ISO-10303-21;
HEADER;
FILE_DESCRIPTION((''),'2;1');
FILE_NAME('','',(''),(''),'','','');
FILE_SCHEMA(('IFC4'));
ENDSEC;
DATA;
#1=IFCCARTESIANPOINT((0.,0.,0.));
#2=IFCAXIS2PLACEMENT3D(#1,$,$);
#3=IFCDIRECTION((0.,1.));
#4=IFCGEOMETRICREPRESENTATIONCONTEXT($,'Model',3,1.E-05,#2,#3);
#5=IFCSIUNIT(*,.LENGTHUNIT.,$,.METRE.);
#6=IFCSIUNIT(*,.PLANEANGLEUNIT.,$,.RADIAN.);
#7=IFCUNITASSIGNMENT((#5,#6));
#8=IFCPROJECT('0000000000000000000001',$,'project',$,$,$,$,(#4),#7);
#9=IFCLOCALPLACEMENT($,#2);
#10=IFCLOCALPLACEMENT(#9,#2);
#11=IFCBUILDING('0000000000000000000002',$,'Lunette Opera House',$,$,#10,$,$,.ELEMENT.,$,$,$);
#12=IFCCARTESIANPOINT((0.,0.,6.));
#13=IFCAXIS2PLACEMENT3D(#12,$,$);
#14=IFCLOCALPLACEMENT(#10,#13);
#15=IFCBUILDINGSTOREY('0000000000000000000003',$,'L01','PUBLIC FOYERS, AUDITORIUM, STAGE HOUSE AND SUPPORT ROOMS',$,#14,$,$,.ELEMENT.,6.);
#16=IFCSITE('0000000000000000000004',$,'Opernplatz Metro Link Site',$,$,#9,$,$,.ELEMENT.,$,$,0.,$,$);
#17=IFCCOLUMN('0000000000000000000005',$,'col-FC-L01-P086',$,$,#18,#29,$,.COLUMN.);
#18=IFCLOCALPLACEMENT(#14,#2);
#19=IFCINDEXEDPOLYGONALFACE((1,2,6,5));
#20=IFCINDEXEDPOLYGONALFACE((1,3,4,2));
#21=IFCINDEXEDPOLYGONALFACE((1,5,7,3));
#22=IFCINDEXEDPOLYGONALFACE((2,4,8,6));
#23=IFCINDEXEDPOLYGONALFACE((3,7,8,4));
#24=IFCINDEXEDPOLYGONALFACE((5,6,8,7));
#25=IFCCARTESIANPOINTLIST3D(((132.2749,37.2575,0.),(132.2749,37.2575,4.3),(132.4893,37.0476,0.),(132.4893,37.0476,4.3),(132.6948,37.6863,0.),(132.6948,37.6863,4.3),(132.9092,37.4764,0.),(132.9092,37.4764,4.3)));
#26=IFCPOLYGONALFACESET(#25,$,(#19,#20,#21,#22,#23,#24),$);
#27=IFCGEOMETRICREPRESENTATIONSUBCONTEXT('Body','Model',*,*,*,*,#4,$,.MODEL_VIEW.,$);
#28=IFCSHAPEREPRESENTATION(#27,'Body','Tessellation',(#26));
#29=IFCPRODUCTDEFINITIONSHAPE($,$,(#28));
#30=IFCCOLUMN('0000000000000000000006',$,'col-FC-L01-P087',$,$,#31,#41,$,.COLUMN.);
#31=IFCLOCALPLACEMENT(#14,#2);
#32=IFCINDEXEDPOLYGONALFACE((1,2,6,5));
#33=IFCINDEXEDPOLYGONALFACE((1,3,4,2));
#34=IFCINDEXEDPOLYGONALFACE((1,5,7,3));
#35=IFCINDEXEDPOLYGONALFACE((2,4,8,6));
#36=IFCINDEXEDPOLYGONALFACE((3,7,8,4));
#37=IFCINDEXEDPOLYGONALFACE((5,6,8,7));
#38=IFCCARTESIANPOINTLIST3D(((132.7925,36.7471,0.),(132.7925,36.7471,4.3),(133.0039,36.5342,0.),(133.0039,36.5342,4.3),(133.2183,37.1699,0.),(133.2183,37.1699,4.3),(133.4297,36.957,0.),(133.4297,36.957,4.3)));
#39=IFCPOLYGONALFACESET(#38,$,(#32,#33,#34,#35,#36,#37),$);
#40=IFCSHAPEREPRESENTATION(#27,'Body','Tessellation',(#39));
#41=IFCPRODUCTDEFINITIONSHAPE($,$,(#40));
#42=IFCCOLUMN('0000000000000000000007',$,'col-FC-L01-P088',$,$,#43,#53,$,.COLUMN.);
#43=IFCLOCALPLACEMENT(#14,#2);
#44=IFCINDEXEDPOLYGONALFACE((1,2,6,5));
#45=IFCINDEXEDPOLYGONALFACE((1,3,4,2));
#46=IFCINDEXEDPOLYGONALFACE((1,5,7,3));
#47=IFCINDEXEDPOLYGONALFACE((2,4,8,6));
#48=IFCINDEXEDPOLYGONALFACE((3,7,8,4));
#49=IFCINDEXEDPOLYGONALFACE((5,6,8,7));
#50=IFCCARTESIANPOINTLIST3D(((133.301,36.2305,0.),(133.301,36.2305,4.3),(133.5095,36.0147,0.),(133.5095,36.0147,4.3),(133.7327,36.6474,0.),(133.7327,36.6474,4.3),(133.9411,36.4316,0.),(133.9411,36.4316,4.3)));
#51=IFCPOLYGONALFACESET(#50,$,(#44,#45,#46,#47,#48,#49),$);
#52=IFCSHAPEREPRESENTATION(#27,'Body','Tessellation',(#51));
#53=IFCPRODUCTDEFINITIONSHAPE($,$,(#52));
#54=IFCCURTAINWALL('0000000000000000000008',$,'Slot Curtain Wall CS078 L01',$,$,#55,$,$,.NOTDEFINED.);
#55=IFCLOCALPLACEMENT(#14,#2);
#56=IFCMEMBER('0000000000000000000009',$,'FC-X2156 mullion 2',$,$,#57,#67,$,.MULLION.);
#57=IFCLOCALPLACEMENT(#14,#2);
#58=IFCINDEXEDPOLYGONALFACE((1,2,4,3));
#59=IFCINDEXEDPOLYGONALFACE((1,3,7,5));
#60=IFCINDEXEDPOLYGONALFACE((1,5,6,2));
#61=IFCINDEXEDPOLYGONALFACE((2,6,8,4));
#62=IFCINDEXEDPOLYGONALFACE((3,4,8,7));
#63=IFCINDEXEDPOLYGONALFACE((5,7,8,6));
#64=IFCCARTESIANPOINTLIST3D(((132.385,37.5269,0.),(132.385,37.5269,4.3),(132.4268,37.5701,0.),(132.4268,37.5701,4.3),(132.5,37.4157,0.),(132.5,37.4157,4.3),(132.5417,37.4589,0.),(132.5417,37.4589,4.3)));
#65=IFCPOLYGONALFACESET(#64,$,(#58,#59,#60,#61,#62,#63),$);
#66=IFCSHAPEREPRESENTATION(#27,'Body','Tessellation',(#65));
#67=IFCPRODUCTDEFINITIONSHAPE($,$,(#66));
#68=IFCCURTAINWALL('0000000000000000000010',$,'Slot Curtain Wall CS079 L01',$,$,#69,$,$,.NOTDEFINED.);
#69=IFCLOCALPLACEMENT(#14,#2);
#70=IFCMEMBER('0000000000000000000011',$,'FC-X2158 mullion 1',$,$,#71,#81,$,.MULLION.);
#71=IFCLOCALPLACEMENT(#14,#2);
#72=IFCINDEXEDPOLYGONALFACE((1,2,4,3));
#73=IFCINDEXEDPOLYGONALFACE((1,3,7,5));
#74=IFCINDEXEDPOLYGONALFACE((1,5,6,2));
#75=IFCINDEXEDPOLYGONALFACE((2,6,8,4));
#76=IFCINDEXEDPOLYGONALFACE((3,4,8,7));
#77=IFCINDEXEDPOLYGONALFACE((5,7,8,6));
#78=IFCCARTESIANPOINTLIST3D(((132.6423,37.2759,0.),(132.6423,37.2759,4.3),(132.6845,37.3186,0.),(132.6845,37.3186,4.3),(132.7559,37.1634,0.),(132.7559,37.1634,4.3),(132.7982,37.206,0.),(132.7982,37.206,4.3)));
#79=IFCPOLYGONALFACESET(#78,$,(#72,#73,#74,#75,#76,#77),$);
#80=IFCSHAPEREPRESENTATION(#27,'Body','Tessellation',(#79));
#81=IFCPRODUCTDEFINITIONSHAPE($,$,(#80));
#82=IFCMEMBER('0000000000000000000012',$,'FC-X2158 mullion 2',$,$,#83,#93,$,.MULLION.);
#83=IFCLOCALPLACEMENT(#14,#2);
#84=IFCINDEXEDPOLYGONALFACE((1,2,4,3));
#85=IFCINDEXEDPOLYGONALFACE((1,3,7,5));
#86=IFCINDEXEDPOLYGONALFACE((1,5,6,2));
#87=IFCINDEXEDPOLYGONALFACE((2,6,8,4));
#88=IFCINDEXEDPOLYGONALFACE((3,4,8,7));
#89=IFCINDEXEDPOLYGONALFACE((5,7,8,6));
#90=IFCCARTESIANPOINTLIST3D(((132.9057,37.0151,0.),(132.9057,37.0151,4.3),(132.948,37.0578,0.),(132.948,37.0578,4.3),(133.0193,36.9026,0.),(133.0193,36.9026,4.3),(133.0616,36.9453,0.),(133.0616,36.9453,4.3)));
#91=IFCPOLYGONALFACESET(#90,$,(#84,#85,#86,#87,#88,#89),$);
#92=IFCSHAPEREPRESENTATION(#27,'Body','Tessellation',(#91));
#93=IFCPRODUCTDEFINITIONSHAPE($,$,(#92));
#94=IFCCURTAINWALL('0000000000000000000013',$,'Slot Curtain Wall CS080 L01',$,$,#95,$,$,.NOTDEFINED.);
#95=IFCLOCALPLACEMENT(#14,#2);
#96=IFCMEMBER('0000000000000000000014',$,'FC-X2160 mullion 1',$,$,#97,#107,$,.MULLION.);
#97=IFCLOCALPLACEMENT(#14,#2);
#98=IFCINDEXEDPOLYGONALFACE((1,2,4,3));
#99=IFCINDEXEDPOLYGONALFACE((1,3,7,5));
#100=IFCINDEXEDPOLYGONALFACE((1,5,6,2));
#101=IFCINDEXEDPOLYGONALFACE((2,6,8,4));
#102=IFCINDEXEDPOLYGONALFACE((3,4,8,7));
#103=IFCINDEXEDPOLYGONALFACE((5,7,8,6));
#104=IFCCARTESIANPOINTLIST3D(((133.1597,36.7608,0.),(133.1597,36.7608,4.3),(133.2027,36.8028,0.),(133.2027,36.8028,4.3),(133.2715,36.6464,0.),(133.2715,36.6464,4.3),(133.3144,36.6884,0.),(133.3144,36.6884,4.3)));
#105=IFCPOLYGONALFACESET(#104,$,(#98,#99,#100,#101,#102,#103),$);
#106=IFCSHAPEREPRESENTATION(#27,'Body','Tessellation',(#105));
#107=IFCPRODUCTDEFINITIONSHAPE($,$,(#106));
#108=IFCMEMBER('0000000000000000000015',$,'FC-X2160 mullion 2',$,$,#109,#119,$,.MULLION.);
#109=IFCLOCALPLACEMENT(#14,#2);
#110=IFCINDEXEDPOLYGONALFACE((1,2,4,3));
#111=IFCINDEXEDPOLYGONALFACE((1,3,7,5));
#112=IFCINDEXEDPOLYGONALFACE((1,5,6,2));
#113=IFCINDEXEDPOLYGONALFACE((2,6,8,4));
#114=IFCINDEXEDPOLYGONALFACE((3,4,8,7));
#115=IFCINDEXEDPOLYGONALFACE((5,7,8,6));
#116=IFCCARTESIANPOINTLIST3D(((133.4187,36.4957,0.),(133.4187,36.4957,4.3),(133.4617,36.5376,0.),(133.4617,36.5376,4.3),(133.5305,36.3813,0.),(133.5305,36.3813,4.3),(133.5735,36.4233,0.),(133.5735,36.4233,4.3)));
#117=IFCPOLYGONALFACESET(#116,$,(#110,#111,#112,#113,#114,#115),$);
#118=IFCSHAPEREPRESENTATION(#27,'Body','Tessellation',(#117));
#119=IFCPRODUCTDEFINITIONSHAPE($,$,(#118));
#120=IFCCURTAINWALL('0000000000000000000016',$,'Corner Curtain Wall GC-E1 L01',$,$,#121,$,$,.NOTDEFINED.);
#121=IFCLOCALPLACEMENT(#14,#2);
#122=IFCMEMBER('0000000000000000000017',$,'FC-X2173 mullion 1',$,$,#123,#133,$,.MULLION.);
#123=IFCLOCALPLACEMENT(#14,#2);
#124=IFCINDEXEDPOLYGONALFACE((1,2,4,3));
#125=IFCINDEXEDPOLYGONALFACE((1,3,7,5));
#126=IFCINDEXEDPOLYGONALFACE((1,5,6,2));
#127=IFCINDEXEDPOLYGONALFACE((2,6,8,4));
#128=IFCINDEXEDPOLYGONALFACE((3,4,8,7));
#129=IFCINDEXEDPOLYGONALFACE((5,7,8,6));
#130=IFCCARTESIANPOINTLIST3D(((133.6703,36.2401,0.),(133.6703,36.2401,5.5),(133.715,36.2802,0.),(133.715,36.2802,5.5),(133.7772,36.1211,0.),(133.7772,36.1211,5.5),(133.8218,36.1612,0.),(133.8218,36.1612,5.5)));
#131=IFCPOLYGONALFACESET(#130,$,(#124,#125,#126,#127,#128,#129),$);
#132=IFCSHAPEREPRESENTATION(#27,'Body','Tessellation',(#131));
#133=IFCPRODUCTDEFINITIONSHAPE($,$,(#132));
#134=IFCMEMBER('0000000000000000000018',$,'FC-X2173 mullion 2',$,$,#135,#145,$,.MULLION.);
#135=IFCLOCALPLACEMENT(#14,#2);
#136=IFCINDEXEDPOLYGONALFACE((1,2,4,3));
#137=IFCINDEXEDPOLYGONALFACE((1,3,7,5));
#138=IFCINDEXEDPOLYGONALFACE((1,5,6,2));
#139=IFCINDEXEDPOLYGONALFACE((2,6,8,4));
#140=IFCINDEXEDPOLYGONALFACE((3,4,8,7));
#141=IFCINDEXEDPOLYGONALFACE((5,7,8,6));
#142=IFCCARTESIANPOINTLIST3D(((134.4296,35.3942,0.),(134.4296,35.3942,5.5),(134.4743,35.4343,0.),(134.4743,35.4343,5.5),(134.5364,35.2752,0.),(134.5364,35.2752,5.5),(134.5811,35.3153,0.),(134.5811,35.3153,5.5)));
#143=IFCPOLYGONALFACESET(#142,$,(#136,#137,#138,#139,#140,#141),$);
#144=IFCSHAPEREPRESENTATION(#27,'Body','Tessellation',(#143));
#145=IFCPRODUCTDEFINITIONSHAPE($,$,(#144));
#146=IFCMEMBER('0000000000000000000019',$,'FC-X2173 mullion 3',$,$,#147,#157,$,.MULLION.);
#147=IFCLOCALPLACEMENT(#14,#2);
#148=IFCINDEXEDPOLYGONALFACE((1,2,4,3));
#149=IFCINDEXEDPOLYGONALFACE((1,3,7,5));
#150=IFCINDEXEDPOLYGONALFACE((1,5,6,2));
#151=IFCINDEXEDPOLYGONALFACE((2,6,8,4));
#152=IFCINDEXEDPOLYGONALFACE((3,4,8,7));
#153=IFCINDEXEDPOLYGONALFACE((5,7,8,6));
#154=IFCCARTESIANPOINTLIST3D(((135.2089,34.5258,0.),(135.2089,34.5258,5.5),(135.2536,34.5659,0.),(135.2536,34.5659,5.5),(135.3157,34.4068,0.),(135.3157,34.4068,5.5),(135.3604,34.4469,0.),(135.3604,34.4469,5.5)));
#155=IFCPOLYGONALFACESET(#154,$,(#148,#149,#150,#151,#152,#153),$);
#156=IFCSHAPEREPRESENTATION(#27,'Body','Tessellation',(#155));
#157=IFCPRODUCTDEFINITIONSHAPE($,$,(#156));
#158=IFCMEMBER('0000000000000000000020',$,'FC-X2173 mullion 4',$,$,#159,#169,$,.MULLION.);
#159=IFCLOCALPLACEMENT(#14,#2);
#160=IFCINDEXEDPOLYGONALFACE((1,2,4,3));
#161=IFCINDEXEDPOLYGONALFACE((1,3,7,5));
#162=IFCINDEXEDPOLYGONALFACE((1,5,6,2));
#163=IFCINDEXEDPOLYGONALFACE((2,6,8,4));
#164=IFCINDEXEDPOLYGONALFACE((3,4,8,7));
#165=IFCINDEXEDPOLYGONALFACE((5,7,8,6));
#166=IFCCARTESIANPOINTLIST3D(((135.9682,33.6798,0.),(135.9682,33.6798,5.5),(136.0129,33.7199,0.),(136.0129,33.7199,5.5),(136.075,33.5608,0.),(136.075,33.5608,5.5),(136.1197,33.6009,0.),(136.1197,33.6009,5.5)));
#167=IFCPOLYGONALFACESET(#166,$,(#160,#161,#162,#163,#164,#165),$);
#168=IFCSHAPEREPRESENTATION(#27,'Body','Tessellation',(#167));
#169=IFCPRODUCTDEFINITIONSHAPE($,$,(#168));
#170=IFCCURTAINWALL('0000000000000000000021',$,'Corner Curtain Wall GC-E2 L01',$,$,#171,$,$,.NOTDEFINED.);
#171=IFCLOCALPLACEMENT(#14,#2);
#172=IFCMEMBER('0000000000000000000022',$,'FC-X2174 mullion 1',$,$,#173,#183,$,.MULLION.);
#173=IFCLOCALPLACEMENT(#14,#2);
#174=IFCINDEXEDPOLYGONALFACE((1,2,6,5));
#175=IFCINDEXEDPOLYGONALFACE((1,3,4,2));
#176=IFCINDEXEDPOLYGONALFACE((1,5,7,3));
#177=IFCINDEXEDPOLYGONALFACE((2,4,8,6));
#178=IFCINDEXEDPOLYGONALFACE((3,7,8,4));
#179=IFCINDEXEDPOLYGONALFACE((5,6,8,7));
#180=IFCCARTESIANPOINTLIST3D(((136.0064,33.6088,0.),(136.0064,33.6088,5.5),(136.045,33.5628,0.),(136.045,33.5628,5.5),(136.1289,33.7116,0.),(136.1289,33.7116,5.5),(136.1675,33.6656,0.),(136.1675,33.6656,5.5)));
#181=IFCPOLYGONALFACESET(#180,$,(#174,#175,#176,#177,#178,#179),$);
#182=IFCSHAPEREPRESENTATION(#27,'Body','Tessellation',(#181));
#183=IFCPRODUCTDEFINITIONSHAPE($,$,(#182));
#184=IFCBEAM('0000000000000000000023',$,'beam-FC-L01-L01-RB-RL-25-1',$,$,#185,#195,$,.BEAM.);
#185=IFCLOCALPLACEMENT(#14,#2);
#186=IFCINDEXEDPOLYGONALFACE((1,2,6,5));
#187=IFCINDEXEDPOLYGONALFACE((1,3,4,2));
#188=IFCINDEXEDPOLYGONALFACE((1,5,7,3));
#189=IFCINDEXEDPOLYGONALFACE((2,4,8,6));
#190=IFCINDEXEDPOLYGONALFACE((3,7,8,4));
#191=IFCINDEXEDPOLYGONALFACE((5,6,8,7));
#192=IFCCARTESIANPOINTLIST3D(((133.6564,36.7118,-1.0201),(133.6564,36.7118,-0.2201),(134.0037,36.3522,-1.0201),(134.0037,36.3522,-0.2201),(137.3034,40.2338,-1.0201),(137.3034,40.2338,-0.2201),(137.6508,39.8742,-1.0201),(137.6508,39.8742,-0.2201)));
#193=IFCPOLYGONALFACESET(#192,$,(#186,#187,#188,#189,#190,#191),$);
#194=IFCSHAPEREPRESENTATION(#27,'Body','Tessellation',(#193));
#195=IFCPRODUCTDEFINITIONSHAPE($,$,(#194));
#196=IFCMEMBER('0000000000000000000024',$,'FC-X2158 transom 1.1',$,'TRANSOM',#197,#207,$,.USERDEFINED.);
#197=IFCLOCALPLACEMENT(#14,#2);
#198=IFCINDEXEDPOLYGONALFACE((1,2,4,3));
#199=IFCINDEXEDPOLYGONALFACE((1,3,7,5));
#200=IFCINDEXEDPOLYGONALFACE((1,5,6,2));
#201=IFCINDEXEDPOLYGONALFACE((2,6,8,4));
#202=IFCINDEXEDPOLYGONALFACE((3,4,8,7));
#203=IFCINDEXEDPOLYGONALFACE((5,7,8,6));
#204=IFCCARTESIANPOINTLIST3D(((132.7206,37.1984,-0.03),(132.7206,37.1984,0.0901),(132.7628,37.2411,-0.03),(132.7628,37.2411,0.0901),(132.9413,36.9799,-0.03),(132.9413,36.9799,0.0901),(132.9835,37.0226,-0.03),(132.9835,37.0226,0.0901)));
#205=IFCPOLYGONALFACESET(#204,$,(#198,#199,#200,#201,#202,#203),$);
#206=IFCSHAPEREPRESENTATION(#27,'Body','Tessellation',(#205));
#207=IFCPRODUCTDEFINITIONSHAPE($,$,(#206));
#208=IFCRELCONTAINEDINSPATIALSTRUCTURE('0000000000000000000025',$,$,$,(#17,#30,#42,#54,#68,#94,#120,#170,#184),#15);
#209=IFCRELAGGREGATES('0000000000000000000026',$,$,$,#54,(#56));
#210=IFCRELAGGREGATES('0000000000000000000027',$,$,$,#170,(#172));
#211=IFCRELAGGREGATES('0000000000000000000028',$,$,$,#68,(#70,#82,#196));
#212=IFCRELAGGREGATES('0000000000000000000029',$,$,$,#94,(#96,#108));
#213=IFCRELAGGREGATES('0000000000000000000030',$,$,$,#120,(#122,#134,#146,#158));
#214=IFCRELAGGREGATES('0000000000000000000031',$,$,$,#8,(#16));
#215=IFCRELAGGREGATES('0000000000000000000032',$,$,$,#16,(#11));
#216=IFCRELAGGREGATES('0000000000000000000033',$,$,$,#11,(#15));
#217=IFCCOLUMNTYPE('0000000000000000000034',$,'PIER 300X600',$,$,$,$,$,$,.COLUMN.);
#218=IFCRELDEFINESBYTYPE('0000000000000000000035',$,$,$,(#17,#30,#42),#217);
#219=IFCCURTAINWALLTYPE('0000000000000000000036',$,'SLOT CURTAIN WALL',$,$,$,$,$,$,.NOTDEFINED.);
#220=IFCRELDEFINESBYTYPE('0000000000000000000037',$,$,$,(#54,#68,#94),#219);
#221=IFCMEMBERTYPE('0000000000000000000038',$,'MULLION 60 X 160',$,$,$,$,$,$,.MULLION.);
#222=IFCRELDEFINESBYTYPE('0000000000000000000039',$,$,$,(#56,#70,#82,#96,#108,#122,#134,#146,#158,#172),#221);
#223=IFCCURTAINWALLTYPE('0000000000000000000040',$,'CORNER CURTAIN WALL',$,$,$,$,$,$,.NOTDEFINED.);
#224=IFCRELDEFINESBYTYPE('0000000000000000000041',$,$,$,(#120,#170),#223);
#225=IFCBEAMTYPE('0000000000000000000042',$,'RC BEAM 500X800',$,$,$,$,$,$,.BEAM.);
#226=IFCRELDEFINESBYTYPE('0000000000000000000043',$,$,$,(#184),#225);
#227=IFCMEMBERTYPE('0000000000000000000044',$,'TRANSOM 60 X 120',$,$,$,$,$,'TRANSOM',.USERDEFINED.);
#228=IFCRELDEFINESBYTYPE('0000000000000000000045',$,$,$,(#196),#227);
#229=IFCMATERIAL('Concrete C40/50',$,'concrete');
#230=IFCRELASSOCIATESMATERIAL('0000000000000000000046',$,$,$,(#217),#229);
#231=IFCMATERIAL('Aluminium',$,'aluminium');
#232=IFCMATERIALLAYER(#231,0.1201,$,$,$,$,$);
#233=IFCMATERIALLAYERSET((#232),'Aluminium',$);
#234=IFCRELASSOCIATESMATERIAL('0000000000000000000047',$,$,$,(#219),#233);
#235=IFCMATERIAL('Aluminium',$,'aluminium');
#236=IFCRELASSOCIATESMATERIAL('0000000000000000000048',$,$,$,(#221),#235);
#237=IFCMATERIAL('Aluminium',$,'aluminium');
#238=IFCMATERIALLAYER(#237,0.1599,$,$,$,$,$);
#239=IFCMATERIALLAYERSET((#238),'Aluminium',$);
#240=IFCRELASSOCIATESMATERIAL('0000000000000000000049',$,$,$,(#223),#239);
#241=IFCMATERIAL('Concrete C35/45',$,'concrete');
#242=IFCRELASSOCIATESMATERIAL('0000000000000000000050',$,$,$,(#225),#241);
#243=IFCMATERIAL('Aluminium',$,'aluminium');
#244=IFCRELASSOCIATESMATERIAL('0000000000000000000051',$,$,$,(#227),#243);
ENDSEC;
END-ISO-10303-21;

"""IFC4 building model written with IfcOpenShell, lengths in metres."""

from ifc_helpers import new_model, si_unit, direction, frame, origin, origin_2d, place, context, subcontext, project, spatial, rectangle, extrude, material, layer, layer_set, material_profile, profile_set, type_object, element, aggregate, save


model = new_model("IFC4")

# Units and contexts
model_context = context("Model", 3, precision=1e-05, world=origin(), true_north=direction((0.0, 1.0)))
body_context = subcontext(model_context, "Body", "Model", "MODEL_VIEW")
ifc_project = project(units=[si_unit("LENGTHUNIT", "METRE"), si_unit("PLANEANGLEUNIT", "RADIAN")], contexts=[model_context])

# Site, building, storey
site_placement = place(None, origin())
site = spatial("IfcSite", under=ifc_project, at=site_placement, Name="Opernplatz Metro Link Site", CompositionType="ELEMENT", RefElevation=0.0)
building_placement = place(site_placement, origin())
building = spatial("IfcBuilding", under=site, at=building_placement, Name="Lunette Opera House", CompositionType="ELEMENT")
storey_placement = place(building_placement, frame((0.0, 0.0, 6.0)))
storey = spatial("IfcBuildingStorey", under=building, at=storey_placement, Name="L01", Description="PUBLIC FOYERS, AUDITORIUM, STAGE HOUSE AND SUPPORT ROOMS", CompositionType="ELEMENT", Elevation=6.0)

# Columns
ifc_material_1 = material(Name="Concrete C40/50", Category="concrete")
ifc_material_profile_1 = material_profile(ifc_material_1, rectangle(XDim=0.3, YDim=0.6001, at=origin_2d()), Name="PIER 300X600")
ifc_profile_set_1 = profile_set([ifc_material_profile_1], Name="Concrete C40/50")
column_type = type_object("IfcColumnType", Name="PIER 300X600", PredefinedType="COLUMN", material=ifc_profile_set_1)
for number, where, z_axis, x_axis, name in (
    (1, (132.592, 37.3669, 0.0), (0.0, 0.0, 1.0), (0.714473, -0.699663, 0.0), "col-FC-L01-P086"),
    (2, (133.1111, 36.8521, 0.0), (0.0, 0.0, 1.0), (0.704634, -0.709571, 0.0), "col-FC-L01-P087"),
    (3, (133.6211, 36.3311, 0.0), (0.0, 0.0, 1.0), (0.694658, -0.71934, 0.0), "col-FC-L01-P088"),
):
    element("IfcColumn", number, at=place(storey_placement, frame(where, z_axis=z_axis, x_axis=x_axis)), inside=storey, type_object=column_type, Name=name, PredefinedType="COLUMN", context=body_context, shape_type="SweptSolid", body=[
        extrude(rectangle(XDim=0.3, YDim=0.6001, at=origin_2d()), origin(), (0.0, 0.0, 1.0), 4.3),
    ])

# Curtain wall, member
ifc_material_2 = material(Name="Aluminium", Category="aluminium")
ifc_layer_1 = layer(ifc_material_2, 0.1201)
ifc_layer_set_1 = layer_set([ifc_layer_1], Name="Aluminium")
curtain_wall_type_1 = type_object("IfcCurtainWallType", Name="SLOT CURTAIN WALL", PredefinedType="NOTDEFINED", material=ifc_layer_set_1)
curtain_wall_1_placement = place(storey_placement, origin())
curtain_wall_1 = element("IfcCurtainWall", 4, at=curtain_wall_1_placement, inside=storey, type_object=curtain_wall_type_1, Name="Slot Curtain Wall CS078 L01", PredefinedType="NOTDEFINED")
ifc_material_3 = material(Name="Aluminium", Category="aluminium")
ifc_material_profile_2 = material_profile(ifc_material_3, rectangle(XDim=0.0601, YDim=0.1599, at=origin_2d()), Name="MULLION 60 X 160")
ifc_profile_set_2 = profile_set([ifc_material_profile_2], Name="Aluminium")
member_type_1 = type_object("IfcMemberType", Name="MULLION 60 X 160", PredefinedType="MULLION", material=ifc_profile_set_2)
member_1_placement = place(storey_placement, frame((132.4634, 37.4929, 0.0), z_axis=(0.0, 0.0, 1.0), x_axis=(0.695383, 0.71864, 0.0)))
member_1 = element("IfcMember", 5, at=member_1_placement, type_object=member_type_1, Name="FC-X2156 mullion 2", PredefinedType="MULLION", context=body_context, shape_type="SweptSolid", body=[
    extrude(rectangle(XDim=0.0601, YDim=0.1599, at=origin_2d()), origin(), (0.0, 0.0, 1.0), 4.3),
])
aggregate(curtain_wall_1, [member_1])

# Curtain walls, members
curtain_wall_2_placement = place(storey_placement, origin())
curtain_wall_2 = element("IfcCurtainWall", 6, at=curtain_wall_2_placement, inside=storey, type_object=curtain_wall_type_1, Name="Slot Curtain Wall CS079 L01", PredefinedType="NOTDEFINED")
member_2_placement = place(storey_placement, frame((132.7202, 37.241, 0.0), z_axis=(0.0, 0.0, 1.0), x_axis=(0.703615, 0.710581, 0.0)))
member_2 = element("IfcMember", 7, at=member_2_placement, type_object=member_type_1, Name="FC-X2158 mullion 1", PredefinedType="MULLION", context=body_context, shape_type="SweptSolid", body=[
    extrude(rectangle(XDim=0.0601, YDim=0.1599, at=origin_2d()), origin(), (0.0, 0.0, 1.0), 4.3),
])
member_3_placement = place(storey_placement, frame((132.9836, 36.9802, 0.0), z_axis=(0.0, 0.0, 1.0), x_axis=(0.703615, 0.710581, 0.0)))
member_3 = element("IfcMember", 8, at=member_3_placement, type_object=member_type_1, Name="FC-X2158 mullion 2", PredefinedType="MULLION", context=body_context, shape_type="SweptSolid", body=[
    extrude(rectangle(XDim=0.0601, YDim=0.1599, at=origin_2d()), origin(), (0.0, 0.0, 1.0), 4.3),
])
curtain_wall_3_placement = place(storey_placement, origin())
curtain_wall_3 = element("IfcCurtainWall", 9, at=curtain_wall_3_placement, inside=storey, type_object=curtain_wall_type_1, Name="Slot Curtain Wall CS080 L01", PredefinedType="NOTDEFINED")
member_4_placement = place(storey_placement, frame((133.2371, 36.7246, 0.0), z_axis=(0.0, 0.0, 1.0), x_axis=(0.715187, 0.698933, 0.0)))
member_4 = element("IfcMember", 10, at=member_4_placement, type_object=member_type_1, Name="FC-X2160 mullion 1", PredefinedType="MULLION", context=body_context, shape_type="SweptSolid", body=[
    extrude(rectangle(XDim=0.0601, YDim=0.1599, at=origin_2d()), origin(), (0.0, 0.0, 1.0), 4.3),
])
member_5_placement = place(storey_placement, frame((133.4961, 36.4595, 0.0), z_axis=(0.0, 0.0, 1.0), x_axis=(0.715187, 0.698933, 0.0)))
member_5 = element("IfcMember", 11, at=member_5_placement, type_object=member_type_1, Name="FC-X2160 mullion 2", PredefinedType="MULLION", context=body_context, shape_type="SweptSolid", body=[
    extrude(rectangle(XDim=0.0601, YDim=0.1599, at=origin_2d()), origin(), (0.0, 0.0, 1.0), 4.3),
])
ifc_material_4 = material(Name="Aluminium", Category="aluminium")
ifc_layer_2 = layer(ifc_material_4, 0.1599)
ifc_layer_set_2 = layer_set([ifc_layer_2], Name="Aluminium")
curtain_wall_type_2 = type_object("IfcCurtainWallType", Name="CORNER CURTAIN WALL", PredefinedType="NOTDEFINED", material=ifc_layer_set_2)
curtain_wall_4_placement = place(storey_placement, origin())
curtain_wall_4 = element("IfcCurtainWall", 12, at=curtain_wall_4_placement, inside=storey, type_object=curtain_wall_type_2, Name="Corner Curtain Wall GC-E1 L01", PredefinedType="NOTDEFINED")
member_6_placement = place(storey_placement, frame((133.7461, 36.2007, 0.0), z_axis=(0.0, 0.0, 1.0), x_axis=(0.744217, 0.667938, 0.0)))
member_6 = element("IfcMember", 13, at=member_6_placement, type_object=member_type_1, Name="FC-X2173 mullion 1", PredefinedType="MULLION", context=body_context, shape_type="SweptSolid", body=[
    extrude(rectangle(XDim=0.0601, YDim=0.1599, at=origin_2d()), origin(), (0.0, 0.0, 1.0), 5.5),
])
member_7_placement = place(storey_placement, frame((134.5054, 35.3547, 0.0), z_axis=(0.0, 0.0, 1.0), x_axis=(0.744217, 0.667938, 0.0)))
member_7 = element("IfcMember", 14, at=member_7_placement, type_object=member_type_1, Name="FC-X2173 mullion 2", PredefinedType="MULLION", context=body_context, shape_type="SweptSolid", body=[
    extrude(rectangle(XDim=0.0601, YDim=0.1599, at=origin_2d()), origin(), (0.0, 0.0, 1.0), 5.5),
])
member_8_placement = place(storey_placement, frame((135.2847, 34.4863, 0.0), z_axis=(0.0, 0.0, 1.0), x_axis=(0.744217, 0.667938, 0.0)))
member_8 = element("IfcMember", 15, at=member_8_placement, type_object=member_type_1, Name="FC-X2173 mullion 3", PredefinedType="MULLION", context=body_context, shape_type="SweptSolid", body=[
    extrude(rectangle(XDim=0.0601, YDim=0.1599, at=origin_2d()), origin(), (0.0, 0.0, 1.0), 5.5),
])
member_9_placement = place(storey_placement, frame((136.0439, 33.6404, 0.0), z_axis=(0.0, 0.0, 1.0), x_axis=(0.744217, 0.667938, 0.0)))
member_9 = element("IfcMember", 16, at=member_9_placement, type_object=member_type_1, Name="FC-X2173 mullion 4", PredefinedType="MULLION", context=body_context, shape_type="SweptSolid", body=[
    extrude(rectangle(XDim=0.0601, YDim=0.1599, at=origin_2d()), origin(), (0.0, 0.0, 1.0), 5.5),
])

# Curtain wall, member
curtain_wall_5_placement = place(storey_placement, origin())
curtain_wall_5 = element("IfcCurtainWall", 17, at=curtain_wall_5_placement, inside=storey, type_object=curtain_wall_type_2, Name="Corner Curtain Wall GC-E2 L01", PredefinedType="NOTDEFINED")
member_10_placement = place(storey_placement, frame((136.0869, 33.6372, 0.0), z_axis=(0.0, 0.0, 1.0), x_axis=(-0.642828, 0.76601, 0.0)))
member_10 = element("IfcMember", 18, at=member_10_placement, type_object=member_type_1, Name="FC-X2174 mullion 1", PredefinedType="MULLION", context=body_context, shape_type="SweptSolid", body=[
    extrude(rectangle(XDim=0.0601, YDim=0.1599, at=origin_2d()), origin(), (0.0, 0.0, 1.0), 5.5),
])
aggregate(curtain_wall_5, [member_10])

# Beam
ifc_material_5 = material(Name="Concrete C35/45", Category="concrete")
ifc_material_profile_3 = material_profile(ifc_material_5, rectangle(XDim=0.5, YDim=0.8, at=origin_2d()), Name="RC BEAM 500X800")
ifc_profile_set_3 = profile_set([ifc_material_profile_3], Name="Concrete C35/45")
beam_type = type_object("IfcBeamType", Name="RC BEAM 500X800", PredefinedType="BEAM", material=ifc_profile_set_3)
beam_placement = place(storey_placement, frame((133.8301, 36.532, -0.6201), z_axis=(0.719327, 0.694672, 0.0), x_axis=(-0.694672, 0.719327, 0.0)))
element("IfcBeam", 19, at=beam_placement, inside=storey, type_object=beam_type, Name="beam-FC-L01-L01-RB-RL-25-1", PredefinedType="BEAM", context=body_context, shape_type="SweptSolid", body=[
    extrude(rectangle(XDim=0.5, YDim=0.8, at=origin_2d()), origin(), (0.0, 0.0, 1.0), 5.0701),
])

# Member
ifc_material_6 = material(Name="Aluminium", Category="aluminium")
ifc_material_profile_4 = material_profile(ifc_material_6, rectangle(XDim=0.0601, YDim=0.1201, at=origin_2d()), Name="TRANSOM 60 X 120")
ifc_profile_set_4 = profile_set([ifc_material_profile_4], Name="Aluminium")
member_type_2 = type_object("IfcMemberType", Name="TRANSOM 60 X 120", ElementType="TRANSOM", PredefinedType="USERDEFINED", material=ifc_profile_set_4)
member_11_placement = place(storey_placement, frame((132.7417, 37.2197, 0.03), z_axis=(0.710635, -0.70356, 0.0), x_axis=(0.70356, 0.710635, 0.0)))
member_11 = element("IfcMember", 20, at=member_11_placement, type_object=member_type_2, Name="FC-X2158 transom 1.1", ObjectType="TRANSOM", PredefinedType="USERDEFINED", context=body_context, shape_type="SweptSolid", body=[
    extrude(rectangle(XDim=0.0601, YDim=0.1201, at=origin_2d()), origin(), (0.0, 0.0, 1.0), 0.3105),
])

aggregate(curtain_wall_2, [member_2, member_3, member_11])
aggregate(curtain_wall_3, [member_4, member_5])
aggregate(curtain_wall_4, [member_6, member_7, member_8, member_9])

save(model, "model.ifc")
